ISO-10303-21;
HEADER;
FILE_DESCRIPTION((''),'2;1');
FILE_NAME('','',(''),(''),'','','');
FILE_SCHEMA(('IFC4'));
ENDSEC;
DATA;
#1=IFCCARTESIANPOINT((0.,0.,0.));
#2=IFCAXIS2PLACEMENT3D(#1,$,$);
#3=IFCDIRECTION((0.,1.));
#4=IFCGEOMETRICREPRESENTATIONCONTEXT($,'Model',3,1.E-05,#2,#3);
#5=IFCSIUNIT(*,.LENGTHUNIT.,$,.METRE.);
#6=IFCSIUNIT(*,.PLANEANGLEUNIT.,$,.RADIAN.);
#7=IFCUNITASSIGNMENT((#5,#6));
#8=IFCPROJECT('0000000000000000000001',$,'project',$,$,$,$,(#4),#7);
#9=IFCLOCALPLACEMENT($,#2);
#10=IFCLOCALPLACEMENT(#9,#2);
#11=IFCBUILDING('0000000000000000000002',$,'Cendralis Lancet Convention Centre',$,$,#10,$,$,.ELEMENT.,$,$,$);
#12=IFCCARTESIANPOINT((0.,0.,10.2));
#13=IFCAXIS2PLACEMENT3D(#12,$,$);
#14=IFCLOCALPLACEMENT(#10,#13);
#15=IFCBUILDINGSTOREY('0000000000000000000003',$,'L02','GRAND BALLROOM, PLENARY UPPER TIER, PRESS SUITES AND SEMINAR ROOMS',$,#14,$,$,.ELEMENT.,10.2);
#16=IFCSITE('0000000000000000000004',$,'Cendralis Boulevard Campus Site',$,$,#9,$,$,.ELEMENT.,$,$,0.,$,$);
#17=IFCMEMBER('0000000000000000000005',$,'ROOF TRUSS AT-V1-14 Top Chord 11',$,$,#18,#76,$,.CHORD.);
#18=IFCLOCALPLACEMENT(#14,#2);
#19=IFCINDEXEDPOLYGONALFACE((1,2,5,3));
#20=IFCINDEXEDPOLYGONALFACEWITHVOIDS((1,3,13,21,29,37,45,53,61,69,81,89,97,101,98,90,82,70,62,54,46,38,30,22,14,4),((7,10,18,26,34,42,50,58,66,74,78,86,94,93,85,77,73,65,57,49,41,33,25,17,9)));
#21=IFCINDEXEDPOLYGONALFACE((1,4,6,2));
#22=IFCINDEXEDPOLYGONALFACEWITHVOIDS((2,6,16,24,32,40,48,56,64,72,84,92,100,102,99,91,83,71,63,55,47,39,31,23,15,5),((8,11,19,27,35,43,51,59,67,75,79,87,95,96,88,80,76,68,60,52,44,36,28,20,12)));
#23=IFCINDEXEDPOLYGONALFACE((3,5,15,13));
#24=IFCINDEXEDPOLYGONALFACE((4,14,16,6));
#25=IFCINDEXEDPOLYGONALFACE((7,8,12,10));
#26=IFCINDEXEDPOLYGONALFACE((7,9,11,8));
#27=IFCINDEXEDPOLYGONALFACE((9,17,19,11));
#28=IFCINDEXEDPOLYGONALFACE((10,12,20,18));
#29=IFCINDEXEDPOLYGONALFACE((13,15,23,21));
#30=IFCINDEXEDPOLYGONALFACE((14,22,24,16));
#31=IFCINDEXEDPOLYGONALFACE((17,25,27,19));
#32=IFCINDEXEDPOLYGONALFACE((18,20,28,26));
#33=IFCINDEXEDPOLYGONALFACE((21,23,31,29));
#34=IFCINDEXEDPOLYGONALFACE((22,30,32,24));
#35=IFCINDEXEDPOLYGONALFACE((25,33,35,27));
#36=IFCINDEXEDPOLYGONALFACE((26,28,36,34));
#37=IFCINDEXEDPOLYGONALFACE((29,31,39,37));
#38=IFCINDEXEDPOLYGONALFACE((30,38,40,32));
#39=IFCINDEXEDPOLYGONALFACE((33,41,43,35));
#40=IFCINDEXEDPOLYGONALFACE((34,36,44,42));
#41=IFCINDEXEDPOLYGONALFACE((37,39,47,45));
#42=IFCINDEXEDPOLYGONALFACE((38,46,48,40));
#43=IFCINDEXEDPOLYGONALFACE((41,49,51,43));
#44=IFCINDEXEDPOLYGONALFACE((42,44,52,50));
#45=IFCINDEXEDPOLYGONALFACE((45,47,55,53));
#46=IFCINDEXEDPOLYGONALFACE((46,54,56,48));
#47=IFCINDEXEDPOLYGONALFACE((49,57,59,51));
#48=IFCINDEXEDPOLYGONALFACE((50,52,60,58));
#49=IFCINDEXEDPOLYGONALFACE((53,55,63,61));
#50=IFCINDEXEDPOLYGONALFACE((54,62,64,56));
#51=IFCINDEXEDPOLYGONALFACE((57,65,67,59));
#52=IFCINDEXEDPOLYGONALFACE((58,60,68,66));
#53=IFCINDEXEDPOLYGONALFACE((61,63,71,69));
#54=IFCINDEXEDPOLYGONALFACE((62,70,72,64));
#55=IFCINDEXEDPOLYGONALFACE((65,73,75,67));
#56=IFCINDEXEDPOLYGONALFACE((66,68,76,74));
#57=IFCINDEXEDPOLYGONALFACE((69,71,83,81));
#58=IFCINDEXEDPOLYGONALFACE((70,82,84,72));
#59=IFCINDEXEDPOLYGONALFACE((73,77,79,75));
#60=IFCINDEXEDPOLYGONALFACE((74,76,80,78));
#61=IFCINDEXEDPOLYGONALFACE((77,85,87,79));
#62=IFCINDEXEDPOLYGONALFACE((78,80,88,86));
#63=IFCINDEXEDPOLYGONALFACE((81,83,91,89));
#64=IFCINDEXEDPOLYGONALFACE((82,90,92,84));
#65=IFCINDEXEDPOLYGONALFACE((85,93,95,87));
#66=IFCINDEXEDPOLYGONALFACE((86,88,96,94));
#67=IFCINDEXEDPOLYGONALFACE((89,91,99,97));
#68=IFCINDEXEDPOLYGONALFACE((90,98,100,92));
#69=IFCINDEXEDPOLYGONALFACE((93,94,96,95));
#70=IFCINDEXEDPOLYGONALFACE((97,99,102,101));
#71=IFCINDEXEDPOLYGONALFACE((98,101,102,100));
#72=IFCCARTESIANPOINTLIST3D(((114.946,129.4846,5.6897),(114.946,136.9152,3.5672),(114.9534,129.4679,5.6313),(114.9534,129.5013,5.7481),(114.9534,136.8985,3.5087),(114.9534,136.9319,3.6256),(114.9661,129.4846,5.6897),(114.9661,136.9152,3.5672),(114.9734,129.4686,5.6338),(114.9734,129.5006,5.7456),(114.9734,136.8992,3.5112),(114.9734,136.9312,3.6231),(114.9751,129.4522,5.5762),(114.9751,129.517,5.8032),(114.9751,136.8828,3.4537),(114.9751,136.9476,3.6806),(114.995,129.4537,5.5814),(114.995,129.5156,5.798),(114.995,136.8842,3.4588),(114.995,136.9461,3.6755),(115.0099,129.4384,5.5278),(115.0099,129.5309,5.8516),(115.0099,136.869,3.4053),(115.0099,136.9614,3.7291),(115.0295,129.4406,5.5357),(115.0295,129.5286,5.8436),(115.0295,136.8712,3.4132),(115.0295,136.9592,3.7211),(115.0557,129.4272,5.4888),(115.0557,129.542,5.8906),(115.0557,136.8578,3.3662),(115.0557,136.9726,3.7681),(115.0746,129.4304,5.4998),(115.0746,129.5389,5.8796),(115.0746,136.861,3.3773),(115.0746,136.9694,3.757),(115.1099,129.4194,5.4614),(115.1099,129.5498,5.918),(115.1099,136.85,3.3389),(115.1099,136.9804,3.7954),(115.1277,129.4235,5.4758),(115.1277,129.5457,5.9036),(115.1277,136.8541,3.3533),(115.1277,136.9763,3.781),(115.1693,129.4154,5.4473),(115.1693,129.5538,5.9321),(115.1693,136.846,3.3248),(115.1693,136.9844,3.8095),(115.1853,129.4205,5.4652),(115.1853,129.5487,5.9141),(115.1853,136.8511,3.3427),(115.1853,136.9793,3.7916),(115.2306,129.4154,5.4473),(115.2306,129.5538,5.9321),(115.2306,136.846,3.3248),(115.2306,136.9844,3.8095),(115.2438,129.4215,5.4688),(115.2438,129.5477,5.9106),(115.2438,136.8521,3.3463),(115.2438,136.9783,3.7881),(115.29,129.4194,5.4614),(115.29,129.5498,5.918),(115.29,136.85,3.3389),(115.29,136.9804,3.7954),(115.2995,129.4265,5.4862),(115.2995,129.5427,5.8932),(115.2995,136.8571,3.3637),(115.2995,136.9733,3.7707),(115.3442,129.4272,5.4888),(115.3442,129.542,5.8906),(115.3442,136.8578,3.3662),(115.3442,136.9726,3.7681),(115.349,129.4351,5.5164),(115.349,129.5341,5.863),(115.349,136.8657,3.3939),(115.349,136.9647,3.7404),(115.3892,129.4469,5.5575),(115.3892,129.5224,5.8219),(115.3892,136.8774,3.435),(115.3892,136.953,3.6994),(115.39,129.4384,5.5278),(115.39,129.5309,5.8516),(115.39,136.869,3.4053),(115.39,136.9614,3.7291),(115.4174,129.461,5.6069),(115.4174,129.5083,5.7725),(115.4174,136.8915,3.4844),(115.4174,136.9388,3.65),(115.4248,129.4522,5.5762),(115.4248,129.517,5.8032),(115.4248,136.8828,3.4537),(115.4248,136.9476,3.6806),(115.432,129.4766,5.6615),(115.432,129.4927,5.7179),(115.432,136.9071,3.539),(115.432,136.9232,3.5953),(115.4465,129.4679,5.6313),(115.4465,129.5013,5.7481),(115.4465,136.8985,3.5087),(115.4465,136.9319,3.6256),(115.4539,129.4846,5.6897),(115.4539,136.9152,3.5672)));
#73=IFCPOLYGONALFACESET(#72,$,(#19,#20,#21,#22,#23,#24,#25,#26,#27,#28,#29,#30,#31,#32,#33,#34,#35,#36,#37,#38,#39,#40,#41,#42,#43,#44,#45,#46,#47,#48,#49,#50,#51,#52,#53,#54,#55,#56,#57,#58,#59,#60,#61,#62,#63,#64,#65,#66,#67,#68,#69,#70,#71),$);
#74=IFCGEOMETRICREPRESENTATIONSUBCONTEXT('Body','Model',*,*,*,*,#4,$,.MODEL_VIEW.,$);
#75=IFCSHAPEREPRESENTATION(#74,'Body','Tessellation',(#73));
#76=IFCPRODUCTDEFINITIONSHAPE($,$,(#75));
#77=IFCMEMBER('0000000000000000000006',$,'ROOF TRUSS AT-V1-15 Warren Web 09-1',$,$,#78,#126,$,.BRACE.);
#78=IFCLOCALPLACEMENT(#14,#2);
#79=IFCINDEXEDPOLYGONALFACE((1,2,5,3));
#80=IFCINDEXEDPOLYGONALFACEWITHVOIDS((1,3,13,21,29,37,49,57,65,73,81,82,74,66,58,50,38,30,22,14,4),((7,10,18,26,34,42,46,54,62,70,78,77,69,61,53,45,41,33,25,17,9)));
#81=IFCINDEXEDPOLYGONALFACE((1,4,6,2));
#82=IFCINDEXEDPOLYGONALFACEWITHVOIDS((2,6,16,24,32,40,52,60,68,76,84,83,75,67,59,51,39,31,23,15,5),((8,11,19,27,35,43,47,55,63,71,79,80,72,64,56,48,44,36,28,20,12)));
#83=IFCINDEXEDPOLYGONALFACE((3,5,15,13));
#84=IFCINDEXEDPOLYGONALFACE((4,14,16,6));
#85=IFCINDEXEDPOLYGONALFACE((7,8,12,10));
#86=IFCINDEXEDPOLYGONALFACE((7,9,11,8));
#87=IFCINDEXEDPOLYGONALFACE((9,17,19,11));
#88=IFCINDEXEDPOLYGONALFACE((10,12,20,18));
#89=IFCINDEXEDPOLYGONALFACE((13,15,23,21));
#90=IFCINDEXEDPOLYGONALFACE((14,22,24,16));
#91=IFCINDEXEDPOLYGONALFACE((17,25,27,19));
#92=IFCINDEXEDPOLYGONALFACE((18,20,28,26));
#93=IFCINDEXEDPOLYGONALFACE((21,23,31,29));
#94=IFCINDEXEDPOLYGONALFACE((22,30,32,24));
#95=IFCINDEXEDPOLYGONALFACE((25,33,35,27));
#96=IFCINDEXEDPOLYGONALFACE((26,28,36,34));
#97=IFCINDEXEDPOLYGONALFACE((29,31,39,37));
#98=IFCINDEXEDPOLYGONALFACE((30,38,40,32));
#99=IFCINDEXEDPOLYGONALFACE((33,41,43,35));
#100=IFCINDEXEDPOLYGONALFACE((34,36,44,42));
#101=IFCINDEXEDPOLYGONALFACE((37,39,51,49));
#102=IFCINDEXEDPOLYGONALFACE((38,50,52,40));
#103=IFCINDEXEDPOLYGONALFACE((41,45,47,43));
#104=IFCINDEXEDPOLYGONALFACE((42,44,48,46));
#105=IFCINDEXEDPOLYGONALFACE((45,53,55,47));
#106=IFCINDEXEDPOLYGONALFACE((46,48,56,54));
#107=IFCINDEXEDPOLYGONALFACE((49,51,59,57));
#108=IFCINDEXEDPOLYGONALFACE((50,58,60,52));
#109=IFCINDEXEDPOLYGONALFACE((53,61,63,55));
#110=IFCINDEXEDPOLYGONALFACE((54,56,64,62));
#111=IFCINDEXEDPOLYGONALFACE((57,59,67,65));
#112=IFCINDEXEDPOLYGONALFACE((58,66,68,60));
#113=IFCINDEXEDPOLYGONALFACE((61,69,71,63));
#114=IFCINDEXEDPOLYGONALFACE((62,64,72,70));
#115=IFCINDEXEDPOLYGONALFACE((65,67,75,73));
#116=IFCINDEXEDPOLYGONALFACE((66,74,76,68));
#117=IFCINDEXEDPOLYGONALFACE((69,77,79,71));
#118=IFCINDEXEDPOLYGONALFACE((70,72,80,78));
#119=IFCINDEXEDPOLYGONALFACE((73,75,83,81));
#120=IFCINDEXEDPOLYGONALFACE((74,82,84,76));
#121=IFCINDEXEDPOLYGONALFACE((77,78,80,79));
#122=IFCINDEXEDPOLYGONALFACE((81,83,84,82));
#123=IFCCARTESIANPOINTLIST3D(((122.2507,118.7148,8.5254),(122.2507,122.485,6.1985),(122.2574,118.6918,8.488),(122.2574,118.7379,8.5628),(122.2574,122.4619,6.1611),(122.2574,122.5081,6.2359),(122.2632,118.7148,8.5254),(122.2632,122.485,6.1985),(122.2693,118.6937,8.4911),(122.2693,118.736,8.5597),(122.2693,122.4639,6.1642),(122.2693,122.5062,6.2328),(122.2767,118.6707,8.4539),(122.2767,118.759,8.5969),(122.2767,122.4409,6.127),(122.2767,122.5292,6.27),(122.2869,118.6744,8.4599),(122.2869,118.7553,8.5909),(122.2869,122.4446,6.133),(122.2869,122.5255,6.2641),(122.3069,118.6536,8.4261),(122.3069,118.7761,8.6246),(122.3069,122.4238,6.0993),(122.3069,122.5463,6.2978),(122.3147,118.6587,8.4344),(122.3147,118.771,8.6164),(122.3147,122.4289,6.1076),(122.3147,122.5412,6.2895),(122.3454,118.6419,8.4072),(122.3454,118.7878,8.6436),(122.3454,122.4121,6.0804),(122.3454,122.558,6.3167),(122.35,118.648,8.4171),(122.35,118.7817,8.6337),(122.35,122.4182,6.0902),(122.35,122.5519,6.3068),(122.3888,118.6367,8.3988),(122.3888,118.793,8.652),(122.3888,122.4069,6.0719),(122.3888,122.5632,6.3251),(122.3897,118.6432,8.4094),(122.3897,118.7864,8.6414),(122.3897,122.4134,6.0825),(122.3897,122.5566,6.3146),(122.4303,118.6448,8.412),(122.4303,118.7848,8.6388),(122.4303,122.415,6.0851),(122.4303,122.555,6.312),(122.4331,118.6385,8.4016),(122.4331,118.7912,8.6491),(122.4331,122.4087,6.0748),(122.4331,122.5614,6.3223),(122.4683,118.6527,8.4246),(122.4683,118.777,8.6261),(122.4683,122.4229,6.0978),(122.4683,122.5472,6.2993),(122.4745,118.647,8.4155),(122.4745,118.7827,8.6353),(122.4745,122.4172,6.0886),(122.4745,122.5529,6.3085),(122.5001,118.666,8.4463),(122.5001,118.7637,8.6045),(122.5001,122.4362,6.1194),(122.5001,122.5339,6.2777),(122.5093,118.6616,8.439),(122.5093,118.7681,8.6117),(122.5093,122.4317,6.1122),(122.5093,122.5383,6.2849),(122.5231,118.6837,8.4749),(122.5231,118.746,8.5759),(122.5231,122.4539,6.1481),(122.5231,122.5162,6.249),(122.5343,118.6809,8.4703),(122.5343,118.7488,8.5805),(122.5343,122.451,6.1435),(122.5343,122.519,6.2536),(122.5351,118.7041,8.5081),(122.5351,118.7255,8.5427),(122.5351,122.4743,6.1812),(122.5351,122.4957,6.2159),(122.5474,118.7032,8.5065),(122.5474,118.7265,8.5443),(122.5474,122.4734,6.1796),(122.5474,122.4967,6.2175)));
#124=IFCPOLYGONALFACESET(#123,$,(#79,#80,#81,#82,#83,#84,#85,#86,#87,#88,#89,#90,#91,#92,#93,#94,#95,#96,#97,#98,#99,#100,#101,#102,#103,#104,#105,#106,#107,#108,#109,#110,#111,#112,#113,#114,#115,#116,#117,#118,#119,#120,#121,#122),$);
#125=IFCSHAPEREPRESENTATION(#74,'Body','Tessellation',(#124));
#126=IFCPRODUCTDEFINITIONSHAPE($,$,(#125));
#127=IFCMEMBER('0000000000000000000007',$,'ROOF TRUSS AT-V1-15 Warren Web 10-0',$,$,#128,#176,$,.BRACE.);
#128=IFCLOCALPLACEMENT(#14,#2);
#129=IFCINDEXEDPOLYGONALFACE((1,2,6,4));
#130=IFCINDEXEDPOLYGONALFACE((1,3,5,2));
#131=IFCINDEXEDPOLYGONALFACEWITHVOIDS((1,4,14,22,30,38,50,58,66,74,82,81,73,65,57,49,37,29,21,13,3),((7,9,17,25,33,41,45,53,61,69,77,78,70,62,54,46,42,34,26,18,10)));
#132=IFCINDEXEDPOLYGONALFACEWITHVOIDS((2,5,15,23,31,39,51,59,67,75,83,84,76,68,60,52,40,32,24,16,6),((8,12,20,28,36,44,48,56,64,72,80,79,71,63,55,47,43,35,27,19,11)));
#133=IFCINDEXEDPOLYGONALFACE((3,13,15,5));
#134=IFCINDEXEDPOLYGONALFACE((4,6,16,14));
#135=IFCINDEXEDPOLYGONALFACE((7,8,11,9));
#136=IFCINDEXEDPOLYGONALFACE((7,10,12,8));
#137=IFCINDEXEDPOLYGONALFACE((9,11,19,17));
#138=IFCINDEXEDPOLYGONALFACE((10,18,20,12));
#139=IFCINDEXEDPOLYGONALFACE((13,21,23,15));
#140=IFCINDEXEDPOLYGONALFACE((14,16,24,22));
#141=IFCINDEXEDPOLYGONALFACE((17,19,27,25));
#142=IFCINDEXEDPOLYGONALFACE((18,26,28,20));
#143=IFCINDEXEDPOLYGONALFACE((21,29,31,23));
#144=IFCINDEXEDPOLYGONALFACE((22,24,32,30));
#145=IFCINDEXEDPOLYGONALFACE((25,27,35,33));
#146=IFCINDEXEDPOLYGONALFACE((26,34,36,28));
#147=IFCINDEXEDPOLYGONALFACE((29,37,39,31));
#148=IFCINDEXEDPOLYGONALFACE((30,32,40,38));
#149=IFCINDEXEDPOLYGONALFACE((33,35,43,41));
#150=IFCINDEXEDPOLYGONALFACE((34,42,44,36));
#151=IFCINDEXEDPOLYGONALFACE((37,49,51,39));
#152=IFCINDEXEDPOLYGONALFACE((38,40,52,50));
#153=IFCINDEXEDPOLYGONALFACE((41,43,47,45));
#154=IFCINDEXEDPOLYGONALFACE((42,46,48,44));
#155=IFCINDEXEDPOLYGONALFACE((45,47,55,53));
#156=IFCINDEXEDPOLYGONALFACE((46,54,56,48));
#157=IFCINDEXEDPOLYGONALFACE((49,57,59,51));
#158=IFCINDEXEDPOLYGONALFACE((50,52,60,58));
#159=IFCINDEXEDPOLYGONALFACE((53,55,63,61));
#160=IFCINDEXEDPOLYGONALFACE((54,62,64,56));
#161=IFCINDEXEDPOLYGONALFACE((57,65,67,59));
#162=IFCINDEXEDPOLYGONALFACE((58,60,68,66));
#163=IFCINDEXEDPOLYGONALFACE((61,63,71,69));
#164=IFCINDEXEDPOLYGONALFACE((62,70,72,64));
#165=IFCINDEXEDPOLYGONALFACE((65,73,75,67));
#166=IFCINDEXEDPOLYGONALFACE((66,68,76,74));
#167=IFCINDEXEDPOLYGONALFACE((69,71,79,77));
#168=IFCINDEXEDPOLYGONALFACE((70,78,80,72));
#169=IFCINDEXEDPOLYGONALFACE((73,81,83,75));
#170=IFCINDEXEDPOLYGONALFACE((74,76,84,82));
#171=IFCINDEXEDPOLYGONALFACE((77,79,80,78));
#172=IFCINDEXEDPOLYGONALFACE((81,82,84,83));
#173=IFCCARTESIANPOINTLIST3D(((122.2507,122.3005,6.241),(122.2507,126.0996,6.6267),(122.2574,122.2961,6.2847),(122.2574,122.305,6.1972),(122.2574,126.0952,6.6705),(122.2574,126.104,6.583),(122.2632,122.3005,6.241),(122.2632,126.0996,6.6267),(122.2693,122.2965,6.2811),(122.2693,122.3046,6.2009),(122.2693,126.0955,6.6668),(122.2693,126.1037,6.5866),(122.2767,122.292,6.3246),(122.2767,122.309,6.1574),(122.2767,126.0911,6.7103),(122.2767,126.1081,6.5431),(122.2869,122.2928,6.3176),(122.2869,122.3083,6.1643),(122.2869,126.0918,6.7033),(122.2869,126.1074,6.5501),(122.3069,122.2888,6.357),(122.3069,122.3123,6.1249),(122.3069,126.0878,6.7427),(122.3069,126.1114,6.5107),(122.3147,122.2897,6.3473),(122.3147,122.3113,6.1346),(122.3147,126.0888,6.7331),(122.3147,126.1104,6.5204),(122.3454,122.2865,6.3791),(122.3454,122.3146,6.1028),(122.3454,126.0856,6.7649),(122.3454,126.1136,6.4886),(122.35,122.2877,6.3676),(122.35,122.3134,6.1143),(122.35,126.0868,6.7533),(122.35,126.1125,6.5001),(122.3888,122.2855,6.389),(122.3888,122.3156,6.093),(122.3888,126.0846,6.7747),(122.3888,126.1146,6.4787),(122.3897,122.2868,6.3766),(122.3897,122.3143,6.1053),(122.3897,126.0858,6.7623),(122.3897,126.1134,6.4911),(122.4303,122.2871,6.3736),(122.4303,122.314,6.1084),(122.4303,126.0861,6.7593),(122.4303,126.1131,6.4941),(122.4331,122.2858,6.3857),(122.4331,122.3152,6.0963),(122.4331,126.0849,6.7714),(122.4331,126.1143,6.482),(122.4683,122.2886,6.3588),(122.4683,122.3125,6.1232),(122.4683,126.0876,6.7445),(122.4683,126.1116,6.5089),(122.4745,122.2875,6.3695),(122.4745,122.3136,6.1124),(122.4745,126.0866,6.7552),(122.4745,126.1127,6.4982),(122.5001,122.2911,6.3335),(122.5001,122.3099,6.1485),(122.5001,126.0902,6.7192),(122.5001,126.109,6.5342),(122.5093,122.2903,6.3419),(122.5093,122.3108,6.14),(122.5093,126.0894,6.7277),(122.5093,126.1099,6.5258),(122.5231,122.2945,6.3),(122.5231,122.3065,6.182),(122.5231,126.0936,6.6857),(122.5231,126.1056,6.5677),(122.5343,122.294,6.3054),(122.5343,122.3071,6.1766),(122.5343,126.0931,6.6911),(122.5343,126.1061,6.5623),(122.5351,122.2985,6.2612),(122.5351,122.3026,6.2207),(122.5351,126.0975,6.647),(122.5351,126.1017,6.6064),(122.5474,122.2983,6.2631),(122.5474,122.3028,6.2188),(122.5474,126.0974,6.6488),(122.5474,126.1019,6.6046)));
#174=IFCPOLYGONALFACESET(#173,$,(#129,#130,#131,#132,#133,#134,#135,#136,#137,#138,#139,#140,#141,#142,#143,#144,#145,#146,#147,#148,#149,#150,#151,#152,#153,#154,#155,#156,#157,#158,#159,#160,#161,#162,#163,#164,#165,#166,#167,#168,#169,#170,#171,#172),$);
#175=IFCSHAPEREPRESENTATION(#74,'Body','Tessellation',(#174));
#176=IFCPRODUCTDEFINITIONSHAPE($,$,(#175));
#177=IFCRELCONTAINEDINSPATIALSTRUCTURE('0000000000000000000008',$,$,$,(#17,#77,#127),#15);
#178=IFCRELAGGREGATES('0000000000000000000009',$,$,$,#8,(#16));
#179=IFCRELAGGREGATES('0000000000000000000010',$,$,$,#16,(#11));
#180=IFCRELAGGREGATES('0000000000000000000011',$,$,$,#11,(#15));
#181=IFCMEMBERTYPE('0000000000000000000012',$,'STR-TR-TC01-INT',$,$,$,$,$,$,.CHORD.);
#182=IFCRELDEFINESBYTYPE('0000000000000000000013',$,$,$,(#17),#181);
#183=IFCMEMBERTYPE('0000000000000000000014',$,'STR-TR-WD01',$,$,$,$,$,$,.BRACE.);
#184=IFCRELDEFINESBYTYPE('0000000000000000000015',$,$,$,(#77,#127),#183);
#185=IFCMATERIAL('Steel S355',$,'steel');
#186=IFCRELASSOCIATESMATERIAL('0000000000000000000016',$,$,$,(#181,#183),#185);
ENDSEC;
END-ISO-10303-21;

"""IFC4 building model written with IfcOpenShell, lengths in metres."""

from ifc_helpers import new_model, si_unit, direction, frame, origin, origin_2d, place, context, subcontext, project, spatial, hollow_circle, extrude, material, material_profile, profile_set, type_object, element, save


model = new_model("IFC4")

# Units and contexts
model_context = context("Model", 3, precision=1e-05, world=origin(), true_north=direction((0.0, 1.0)))
body_context = subcontext(model_context, "Body", "Model", "MODEL_VIEW")
ifc_project = project(units=[si_unit("LENGTHUNIT", "METRE"), si_unit("PLANEANGLEUNIT", "RADIAN")], contexts=[model_context])

# Site, building, storey
site_placement = place(None, origin())
site = spatial("IfcSite", under=ifc_project, at=site_placement, Name="Cendralis Boulevard Campus Site", CompositionType="ELEMENT", RefElevation=0.0)
building_placement = place(site_placement, origin())
building = spatial("IfcBuilding", under=site, at=building_placement, Name="Cendralis Lancet Convention Centre", CompositionType="ELEMENT")
storey_placement = place(building_placement, frame((0.0, 0.0, 10.2)))
storey = spatial("IfcBuildingStorey", under=building, at=storey_placement, Name="L02", Description="GRAND BALLROOM, PLENARY UPPER TIER, PRESS SUITES AND SEMINAR ROOMS", CompositionType="ELEMENT", Elevation=10.2)

# Members
ifc_material_1 = material(Name="Steel S355", Category="steel")
ifc_material_profile_1 = material_profile(ifc_material_1, hollow_circle(Radius=0.2539, WallThickness=0.02, at=origin_2d()), Name="CHS 508.0x20.0")
ifc_profile_set_1 = profile_set([ifc_material_profile_1], Name="Steel S355")
member_type_1 = type_object("IfcMemberType", Name="STR-TR-TC01-INT", PredefinedType="CHORD", material=ifc_profile_set_1)
member_1_placement = place(storey_placement, frame((115.2, 129.4846, 5.6897), z_axis=(0.0, 0.961541, -0.274663), x_axis=(-1.0, 0.0, 0.0)))
element("IfcMember", 1, at=member_1_placement, inside=storey, type_object=member_type_1, Name="ROOF TRUSS AT-V1-14 Top Chord 11", PredefinedType="CHORD", context=body_context, shape_type="SweptSolid", body=[
    extrude(hollow_circle(Radius=0.2539, WallThickness=0.02, at=origin_2d()), origin(), (0.0, 0.0, 1.0), 7.7278),
])
ifc_material_profile_2 = material_profile(ifc_material_1, hollow_circle(Radius=0.1492, WallThickness=0.0125, at=origin_2d()), Name="CHS 298.5x12.5")
ifc_profile_set_2 = profile_set([ifc_material_profile_2], Name="Steel S355")
member_type_2 = type_object("IfcMemberType", Name="STR-TR-WD01", PredefinedType="BRACE", material=ifc_profile_set_2)
member_2_placement = place(storey_placement, frame((122.3999, 118.7148, 8.5254), z_axis=(0.0, 0.850978, -0.525201), x_axis=(-1.0, 0.0, 0.0)))
element("IfcMember", 2, at=member_2_placement, inside=storey, type_object=member_type_2, Name="ROOF TRUSS AT-V1-15 Warren Web 09-1", PredefinedType="BRACE", context=body_context, shape_type="SweptSolid", body=[
    extrude(hollow_circle(Radius=0.1492, WallThickness=0.0125, at=origin_2d()), origin(), (0.0, 0.0, 1.0), 4.4304),
])
member_3_placement = place(storey_placement, frame((122.3999, 122.3005, 6.241), z_axis=(0.0, 0.994885, 0.101017), x_axis=(-1.0, 0.0, 0.0)))
element("IfcMember", 3, at=member_3_placement, inside=storey, type_object=member_type_2, Name="ROOF TRUSS AT-V1-15 Warren Web 10-0", PredefinedType="BRACE", context=body_context, shape_type="SweptSolid", body=[
    extrude(hollow_circle(Radius=0.1492, WallThickness=0.0125, at=origin_2d()), origin(), (0.0, 0.0, 1.0), 3.8186),
])

save(model, "model.ifc")
